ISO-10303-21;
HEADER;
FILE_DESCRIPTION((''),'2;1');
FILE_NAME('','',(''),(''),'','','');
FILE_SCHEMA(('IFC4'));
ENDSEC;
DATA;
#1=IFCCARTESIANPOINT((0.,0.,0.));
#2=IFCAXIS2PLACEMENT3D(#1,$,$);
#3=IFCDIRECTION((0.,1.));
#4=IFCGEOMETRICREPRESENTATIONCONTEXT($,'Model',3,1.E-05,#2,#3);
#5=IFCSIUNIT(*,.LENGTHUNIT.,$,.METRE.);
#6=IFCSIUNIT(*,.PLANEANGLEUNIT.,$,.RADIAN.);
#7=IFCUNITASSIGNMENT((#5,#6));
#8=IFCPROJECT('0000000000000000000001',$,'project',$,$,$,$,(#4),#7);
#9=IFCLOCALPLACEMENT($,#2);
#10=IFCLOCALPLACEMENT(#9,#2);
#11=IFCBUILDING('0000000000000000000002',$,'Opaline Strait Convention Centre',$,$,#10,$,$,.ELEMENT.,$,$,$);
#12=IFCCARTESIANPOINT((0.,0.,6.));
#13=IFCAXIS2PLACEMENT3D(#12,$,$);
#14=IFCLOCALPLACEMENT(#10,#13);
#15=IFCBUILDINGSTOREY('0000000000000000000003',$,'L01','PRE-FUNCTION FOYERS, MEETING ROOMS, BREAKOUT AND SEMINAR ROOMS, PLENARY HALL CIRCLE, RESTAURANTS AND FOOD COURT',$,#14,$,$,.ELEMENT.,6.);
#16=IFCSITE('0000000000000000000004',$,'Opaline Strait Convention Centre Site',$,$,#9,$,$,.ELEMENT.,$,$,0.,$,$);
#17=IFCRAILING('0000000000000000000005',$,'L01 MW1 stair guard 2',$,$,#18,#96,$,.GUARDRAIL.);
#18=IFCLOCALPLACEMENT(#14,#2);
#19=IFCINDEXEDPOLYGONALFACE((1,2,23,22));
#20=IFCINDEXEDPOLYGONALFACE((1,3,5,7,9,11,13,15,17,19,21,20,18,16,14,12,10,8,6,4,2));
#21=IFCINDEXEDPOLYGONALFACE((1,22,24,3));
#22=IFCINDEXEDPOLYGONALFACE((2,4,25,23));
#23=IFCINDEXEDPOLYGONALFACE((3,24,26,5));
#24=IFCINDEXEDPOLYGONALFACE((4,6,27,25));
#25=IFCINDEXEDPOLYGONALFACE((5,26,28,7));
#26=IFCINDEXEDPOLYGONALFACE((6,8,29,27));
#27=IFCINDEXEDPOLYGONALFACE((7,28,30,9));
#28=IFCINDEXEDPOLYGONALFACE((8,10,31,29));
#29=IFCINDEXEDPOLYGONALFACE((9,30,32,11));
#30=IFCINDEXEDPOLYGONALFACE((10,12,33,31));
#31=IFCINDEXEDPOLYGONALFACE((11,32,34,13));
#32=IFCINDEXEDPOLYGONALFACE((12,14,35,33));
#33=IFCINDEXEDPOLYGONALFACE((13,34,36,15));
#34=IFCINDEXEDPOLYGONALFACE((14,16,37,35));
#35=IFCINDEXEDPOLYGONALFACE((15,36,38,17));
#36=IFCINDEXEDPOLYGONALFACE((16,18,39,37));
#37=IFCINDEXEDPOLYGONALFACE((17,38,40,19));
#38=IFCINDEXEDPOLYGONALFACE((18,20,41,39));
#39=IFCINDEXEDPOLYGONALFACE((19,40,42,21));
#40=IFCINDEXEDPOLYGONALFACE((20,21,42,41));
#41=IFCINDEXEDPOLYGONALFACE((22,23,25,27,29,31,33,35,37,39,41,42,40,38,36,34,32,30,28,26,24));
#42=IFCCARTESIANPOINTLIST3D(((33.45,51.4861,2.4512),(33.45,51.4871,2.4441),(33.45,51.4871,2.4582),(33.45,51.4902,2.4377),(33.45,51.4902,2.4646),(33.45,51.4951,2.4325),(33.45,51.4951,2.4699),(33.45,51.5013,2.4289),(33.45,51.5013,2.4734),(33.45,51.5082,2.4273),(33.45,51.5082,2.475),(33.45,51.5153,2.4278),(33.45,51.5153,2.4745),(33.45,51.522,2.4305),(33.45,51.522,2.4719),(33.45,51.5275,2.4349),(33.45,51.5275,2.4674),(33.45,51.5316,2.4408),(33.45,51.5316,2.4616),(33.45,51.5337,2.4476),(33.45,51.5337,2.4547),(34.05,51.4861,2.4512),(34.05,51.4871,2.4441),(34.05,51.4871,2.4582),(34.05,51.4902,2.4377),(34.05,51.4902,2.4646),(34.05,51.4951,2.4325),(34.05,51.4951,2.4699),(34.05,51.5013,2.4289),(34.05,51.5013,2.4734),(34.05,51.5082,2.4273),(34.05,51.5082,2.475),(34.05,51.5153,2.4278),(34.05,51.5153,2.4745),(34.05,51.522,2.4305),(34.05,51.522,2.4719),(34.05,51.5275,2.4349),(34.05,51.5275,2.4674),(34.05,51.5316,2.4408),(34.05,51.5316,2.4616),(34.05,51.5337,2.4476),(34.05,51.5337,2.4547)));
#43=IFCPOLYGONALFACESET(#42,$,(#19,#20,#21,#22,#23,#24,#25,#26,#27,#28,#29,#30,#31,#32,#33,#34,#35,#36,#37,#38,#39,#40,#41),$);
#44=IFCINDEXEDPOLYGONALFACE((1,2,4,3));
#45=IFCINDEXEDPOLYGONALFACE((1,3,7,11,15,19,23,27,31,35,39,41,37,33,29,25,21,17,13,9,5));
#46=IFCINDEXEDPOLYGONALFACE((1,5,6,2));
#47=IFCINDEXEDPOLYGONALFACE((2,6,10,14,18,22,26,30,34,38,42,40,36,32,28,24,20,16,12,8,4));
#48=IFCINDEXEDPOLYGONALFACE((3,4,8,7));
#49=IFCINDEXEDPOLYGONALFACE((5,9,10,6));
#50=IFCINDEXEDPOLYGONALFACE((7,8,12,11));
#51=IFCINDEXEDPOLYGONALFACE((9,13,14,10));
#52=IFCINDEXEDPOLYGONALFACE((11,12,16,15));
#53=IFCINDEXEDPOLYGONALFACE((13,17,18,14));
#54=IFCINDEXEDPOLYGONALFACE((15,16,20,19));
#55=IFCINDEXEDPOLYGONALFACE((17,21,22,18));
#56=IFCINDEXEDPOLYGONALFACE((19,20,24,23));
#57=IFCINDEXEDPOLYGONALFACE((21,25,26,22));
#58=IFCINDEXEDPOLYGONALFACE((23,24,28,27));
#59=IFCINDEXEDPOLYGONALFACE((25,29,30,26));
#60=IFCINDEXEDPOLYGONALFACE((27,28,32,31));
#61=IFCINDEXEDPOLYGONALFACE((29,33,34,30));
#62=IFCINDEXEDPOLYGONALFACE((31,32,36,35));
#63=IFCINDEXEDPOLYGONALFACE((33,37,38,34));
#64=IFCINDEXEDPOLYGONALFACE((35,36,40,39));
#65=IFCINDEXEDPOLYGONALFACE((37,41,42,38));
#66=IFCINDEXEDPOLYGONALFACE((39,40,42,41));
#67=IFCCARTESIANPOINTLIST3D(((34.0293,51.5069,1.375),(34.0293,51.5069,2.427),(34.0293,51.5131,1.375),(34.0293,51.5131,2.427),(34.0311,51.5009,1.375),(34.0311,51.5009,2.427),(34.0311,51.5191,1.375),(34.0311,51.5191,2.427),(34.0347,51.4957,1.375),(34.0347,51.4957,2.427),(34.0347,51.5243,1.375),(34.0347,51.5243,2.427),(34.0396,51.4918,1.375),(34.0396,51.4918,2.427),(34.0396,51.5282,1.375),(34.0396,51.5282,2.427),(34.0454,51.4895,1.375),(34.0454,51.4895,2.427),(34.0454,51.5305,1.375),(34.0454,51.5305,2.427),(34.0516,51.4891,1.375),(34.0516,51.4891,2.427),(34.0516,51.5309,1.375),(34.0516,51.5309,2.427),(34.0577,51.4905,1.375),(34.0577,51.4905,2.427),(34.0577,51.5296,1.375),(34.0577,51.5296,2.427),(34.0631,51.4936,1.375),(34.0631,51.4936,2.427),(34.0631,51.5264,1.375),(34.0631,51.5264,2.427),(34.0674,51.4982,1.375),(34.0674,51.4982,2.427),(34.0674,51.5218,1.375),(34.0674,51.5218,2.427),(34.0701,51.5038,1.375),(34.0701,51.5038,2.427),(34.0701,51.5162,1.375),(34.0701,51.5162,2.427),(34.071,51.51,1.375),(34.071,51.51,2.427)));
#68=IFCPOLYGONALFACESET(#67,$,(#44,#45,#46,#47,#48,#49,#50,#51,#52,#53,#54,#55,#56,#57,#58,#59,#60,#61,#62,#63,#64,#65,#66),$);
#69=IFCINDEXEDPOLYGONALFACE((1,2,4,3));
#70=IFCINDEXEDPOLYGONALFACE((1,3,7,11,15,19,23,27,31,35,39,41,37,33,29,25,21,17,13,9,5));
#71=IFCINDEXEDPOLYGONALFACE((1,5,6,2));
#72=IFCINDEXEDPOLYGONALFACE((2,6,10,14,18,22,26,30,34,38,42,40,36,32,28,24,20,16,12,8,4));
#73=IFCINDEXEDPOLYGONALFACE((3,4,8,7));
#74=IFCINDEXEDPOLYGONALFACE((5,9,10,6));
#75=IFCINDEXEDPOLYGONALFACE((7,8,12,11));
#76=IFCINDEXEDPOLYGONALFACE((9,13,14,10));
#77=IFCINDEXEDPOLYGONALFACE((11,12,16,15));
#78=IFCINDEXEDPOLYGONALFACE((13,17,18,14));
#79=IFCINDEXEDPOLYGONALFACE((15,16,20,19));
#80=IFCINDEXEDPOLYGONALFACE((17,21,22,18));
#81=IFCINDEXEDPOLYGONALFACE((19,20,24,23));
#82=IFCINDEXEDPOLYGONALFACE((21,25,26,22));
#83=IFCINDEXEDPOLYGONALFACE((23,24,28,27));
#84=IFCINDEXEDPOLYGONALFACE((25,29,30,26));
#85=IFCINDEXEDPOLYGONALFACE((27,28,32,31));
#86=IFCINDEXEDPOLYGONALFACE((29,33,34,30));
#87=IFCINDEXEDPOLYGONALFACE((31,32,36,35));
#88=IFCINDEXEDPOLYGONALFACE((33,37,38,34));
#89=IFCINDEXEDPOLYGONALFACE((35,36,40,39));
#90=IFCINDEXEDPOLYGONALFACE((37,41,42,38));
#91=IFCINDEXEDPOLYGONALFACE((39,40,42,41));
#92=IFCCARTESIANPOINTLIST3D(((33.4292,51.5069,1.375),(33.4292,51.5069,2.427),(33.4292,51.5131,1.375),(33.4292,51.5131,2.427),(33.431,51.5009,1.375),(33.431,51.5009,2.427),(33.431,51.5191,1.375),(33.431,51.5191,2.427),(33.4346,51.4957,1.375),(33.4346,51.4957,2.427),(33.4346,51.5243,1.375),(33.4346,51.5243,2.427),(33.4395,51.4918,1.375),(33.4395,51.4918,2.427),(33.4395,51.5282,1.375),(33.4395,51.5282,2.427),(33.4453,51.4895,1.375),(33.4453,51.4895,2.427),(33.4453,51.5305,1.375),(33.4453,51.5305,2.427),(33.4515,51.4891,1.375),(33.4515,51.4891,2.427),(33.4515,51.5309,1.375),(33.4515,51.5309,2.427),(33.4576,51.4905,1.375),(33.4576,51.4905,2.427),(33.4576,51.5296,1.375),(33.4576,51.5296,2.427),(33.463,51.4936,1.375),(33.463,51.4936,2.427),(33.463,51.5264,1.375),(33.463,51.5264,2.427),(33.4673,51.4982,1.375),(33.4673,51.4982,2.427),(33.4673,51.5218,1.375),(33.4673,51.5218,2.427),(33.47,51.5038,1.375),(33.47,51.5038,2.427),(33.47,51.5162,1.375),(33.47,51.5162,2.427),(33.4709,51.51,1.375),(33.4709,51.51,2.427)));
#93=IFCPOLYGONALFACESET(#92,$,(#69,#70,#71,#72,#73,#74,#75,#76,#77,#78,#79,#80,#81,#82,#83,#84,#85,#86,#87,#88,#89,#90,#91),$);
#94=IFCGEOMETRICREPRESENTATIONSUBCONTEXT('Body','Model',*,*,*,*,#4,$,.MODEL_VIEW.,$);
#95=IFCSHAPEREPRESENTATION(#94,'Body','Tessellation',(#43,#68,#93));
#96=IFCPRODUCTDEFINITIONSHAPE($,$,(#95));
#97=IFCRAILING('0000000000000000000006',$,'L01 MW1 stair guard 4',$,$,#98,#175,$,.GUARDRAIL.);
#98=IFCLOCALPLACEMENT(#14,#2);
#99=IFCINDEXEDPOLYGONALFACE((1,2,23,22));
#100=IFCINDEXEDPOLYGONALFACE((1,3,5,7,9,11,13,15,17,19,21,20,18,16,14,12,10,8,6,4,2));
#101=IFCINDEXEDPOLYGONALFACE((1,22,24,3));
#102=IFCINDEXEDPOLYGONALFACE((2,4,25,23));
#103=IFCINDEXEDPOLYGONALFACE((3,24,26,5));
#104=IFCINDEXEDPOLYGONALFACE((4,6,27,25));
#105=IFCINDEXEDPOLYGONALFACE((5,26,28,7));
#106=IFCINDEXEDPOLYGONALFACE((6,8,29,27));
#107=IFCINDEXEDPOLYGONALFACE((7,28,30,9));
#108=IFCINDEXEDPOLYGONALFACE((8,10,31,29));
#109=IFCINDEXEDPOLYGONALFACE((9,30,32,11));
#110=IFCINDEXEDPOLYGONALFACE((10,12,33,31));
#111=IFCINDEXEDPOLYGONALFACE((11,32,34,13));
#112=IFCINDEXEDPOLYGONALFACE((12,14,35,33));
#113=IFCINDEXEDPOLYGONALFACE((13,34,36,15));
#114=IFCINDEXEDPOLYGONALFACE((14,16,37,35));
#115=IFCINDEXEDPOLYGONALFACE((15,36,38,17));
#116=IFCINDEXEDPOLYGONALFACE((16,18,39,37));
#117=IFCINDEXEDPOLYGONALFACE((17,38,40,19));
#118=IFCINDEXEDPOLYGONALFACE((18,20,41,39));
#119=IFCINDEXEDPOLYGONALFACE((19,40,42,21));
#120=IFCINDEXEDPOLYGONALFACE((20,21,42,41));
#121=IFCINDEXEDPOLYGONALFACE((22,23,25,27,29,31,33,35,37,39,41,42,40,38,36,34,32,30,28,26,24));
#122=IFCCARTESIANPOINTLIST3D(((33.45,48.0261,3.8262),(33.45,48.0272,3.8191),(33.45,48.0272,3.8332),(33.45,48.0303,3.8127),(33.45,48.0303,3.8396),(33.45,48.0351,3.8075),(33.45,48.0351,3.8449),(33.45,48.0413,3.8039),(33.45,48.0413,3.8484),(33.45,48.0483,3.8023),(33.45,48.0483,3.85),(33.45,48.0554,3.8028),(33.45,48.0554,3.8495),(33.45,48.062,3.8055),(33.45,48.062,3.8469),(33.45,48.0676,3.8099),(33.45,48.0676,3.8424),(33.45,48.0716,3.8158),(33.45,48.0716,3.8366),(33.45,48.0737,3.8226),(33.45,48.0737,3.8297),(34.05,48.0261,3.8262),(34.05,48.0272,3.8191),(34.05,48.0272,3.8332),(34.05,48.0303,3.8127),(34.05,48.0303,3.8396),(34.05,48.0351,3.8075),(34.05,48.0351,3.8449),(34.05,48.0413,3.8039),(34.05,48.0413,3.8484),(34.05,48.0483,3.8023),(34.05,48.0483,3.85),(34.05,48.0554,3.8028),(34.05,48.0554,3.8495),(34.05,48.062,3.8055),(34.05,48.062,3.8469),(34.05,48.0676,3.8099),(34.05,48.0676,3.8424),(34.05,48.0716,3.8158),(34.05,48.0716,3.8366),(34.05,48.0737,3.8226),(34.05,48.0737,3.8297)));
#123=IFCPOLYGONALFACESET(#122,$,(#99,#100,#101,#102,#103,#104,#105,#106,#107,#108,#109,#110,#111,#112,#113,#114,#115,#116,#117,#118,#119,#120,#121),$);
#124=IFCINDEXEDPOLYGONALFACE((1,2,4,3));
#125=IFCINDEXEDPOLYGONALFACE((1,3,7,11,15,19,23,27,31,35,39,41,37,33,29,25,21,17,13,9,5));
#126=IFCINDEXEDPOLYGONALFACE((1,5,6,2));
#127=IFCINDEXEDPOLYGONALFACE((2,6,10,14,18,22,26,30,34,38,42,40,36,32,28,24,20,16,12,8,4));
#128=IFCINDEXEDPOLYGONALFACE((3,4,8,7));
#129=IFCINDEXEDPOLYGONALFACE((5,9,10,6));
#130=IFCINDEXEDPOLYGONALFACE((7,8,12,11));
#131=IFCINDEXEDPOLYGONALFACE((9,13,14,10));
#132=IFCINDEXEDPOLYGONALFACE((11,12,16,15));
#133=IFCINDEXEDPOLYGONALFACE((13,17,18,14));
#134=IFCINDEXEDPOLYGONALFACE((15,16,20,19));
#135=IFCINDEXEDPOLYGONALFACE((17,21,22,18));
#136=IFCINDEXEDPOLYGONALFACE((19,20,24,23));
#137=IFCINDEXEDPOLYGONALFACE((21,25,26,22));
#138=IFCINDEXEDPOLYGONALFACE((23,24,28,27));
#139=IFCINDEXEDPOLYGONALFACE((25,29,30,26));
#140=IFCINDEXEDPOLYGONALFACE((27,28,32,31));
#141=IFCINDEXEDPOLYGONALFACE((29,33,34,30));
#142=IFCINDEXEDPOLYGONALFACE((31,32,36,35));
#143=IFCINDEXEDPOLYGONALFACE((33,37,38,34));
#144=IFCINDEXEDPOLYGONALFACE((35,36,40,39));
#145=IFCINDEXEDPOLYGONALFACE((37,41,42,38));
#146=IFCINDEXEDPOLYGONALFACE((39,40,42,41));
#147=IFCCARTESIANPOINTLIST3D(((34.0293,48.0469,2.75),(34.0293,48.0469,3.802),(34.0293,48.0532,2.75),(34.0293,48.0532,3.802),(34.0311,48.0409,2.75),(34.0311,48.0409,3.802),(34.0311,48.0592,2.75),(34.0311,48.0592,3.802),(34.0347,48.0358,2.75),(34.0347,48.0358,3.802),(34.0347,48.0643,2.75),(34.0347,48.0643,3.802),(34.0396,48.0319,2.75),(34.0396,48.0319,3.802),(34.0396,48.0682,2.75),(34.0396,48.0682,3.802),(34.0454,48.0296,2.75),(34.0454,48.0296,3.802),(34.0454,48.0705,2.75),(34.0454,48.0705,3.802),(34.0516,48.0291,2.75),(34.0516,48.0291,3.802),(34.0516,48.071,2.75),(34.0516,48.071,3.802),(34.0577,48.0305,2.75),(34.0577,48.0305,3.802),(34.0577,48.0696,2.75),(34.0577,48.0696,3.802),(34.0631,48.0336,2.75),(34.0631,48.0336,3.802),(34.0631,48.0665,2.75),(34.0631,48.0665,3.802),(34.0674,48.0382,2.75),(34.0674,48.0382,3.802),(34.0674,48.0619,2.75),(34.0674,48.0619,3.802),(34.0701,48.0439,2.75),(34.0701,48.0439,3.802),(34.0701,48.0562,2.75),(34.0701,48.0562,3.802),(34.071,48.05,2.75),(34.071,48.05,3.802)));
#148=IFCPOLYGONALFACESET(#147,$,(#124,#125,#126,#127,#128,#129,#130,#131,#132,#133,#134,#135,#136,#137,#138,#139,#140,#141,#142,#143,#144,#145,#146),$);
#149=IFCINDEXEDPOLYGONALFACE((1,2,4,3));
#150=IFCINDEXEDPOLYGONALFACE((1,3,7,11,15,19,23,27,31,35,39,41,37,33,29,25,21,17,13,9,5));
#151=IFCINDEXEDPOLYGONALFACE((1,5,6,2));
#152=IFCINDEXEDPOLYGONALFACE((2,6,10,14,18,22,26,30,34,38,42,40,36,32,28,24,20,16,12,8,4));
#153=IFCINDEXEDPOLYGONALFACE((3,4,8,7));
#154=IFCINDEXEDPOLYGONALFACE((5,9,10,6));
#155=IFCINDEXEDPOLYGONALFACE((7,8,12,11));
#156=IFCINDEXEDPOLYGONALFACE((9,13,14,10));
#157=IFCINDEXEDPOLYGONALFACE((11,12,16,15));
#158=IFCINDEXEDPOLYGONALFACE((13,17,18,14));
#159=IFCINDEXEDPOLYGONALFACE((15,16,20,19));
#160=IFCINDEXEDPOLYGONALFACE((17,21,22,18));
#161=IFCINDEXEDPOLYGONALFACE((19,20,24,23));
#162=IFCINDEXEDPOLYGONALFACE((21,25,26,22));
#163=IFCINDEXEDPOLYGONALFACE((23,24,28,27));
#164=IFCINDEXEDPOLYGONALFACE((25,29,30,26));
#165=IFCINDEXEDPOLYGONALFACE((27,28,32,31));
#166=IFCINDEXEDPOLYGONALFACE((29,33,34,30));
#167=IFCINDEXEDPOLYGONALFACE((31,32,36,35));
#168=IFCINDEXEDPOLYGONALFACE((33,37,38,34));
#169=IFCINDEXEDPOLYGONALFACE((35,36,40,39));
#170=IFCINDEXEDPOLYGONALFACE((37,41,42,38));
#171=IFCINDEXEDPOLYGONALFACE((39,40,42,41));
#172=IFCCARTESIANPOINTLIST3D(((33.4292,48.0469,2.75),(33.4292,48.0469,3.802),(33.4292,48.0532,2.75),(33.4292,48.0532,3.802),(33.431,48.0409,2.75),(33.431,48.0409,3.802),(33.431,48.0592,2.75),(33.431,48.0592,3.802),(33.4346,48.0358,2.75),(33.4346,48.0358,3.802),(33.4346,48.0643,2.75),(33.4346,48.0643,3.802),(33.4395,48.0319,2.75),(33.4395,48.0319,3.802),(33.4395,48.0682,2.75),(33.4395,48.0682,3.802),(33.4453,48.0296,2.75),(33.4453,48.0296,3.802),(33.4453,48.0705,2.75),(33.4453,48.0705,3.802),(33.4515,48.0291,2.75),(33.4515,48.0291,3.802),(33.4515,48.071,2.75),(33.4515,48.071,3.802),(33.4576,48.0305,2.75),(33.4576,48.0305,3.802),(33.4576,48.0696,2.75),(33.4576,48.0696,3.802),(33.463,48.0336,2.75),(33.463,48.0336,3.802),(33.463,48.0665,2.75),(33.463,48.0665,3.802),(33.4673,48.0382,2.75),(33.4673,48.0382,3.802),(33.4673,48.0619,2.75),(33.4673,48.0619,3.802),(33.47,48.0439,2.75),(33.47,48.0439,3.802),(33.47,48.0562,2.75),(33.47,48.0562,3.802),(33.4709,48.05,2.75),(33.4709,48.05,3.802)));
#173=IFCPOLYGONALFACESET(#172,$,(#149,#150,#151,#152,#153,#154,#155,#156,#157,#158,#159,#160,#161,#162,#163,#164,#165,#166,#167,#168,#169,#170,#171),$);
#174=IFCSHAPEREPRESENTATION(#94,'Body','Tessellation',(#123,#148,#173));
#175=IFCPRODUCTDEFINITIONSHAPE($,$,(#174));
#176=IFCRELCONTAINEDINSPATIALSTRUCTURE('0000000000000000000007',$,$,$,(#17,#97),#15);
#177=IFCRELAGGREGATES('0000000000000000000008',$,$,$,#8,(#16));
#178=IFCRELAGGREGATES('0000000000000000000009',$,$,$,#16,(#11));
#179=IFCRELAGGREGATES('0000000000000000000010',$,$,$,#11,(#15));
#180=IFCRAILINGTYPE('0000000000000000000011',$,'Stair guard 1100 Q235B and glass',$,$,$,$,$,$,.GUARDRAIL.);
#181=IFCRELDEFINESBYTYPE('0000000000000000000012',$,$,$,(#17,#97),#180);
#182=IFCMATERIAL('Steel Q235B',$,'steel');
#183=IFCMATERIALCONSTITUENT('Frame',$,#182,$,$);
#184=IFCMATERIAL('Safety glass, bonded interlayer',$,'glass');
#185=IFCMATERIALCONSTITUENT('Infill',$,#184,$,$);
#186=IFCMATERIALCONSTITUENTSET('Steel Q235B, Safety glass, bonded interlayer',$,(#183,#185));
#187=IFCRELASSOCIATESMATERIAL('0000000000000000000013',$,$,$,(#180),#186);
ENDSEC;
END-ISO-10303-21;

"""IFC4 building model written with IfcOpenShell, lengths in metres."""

from ifc_helpers import new_model, si_unit, direction, frame, origin, origin_2d, place, context, subcontext, project, spatial, circle, extrude, material, constituent, constituent_set, type_object, element, save


model = new_model("IFC4")

# Units and contexts
model_context = context("Model", 3, precision=1e-05, world=origin(), true_north=direction((0.0, 1.0)))
body_context = subcontext(model_context, "Body", "Model", "MODEL_VIEW")
ifc_project = project(units=[si_unit("LENGTHUNIT", "METRE"), si_unit("PLANEANGLEUNIT", "RADIAN")], contexts=[model_context])

# Site, building, storey
site_placement = place(None, origin())
site = spatial("IfcSite", under=ifc_project, at=site_placement, Name="Opaline Strait Convention Centre Site", CompositionType="ELEMENT", RefElevation=0.0)
building_placement = place(site_placement, origin())
building = spatial("IfcBuilding", under=site, at=building_placement, Name="Opaline Strait Convention Centre", CompositionType="ELEMENT")
storey_placement = place(building_placement, frame((0.0, 0.0, 6.0)))
storey = spatial("IfcBuildingStorey", under=building, at=storey_placement, Name="L01", Description="PRE-FUNCTION FOYERS, MEETING ROOMS, BREAKOUT AND SEMINAR ROOMS, PLENARY HALL CIRCLE, RESTAURANTS AND FOOD COURT", CompositionType="ELEMENT", Elevation=6.0)

# Railings
ifc_material_1 = material(Name="Steel Q235B", Category="steel")
ifc_constituent_1 = constituent(ifc_material_1, Name="Frame")
ifc_material_2 = material(Name="Safety glass, bonded interlayer", Category="glass")
ifc_constituent_2 = constituent(ifc_material_2, Name="Infill")
ifc_constituent_set = constituent_set(constituents=[ifc_constituent_1, ifc_constituent_2], Name="Steel Q235B, Safety glass, bonded interlayer")
railing_type_1 = type_object("IfcRailingType", Name="Stair guard 1100 Q235B and glass", PredefinedType="GUARDRAIL", material=ifc_constituent_set)
for number, where, name in (
    (1, (34.05, 51.51, 1.375), "L01 MW1 stair guard 2"),
    (2, (34.05, 48.05, 2.75), "L01 MW1 stair guard 4"),
):
    element("IfcRailing", number, at=place(storey_placement, frame(where)), inside=storey, type_object=railing_type_1, Name=name, PredefinedType="GUARDRAIL", context=body_context, shape_type="SweptSolid", body=[
        extrude(circle(Radius=0.0239, at=origin_2d()), frame((0.0, 0.0, 1.0762), z_axis=(-1.0, 0.0, 0.0), x_axis=(0.0, -1.0, 0.0)), (0.0, 0.0, 1.0), 0.6001),
        extrude(circle(Radius=0.021, at=origin_2d()), origin(), (0.0, 0.0, 1.0), 1.052),
        extrude(circle(Radius=0.021, at=origin_2d()), frame((-0.6001, 0.0, 0.0)), (0.0, 0.0, 1.0), 1.052),
    ])

save(model, "model.ifc")
